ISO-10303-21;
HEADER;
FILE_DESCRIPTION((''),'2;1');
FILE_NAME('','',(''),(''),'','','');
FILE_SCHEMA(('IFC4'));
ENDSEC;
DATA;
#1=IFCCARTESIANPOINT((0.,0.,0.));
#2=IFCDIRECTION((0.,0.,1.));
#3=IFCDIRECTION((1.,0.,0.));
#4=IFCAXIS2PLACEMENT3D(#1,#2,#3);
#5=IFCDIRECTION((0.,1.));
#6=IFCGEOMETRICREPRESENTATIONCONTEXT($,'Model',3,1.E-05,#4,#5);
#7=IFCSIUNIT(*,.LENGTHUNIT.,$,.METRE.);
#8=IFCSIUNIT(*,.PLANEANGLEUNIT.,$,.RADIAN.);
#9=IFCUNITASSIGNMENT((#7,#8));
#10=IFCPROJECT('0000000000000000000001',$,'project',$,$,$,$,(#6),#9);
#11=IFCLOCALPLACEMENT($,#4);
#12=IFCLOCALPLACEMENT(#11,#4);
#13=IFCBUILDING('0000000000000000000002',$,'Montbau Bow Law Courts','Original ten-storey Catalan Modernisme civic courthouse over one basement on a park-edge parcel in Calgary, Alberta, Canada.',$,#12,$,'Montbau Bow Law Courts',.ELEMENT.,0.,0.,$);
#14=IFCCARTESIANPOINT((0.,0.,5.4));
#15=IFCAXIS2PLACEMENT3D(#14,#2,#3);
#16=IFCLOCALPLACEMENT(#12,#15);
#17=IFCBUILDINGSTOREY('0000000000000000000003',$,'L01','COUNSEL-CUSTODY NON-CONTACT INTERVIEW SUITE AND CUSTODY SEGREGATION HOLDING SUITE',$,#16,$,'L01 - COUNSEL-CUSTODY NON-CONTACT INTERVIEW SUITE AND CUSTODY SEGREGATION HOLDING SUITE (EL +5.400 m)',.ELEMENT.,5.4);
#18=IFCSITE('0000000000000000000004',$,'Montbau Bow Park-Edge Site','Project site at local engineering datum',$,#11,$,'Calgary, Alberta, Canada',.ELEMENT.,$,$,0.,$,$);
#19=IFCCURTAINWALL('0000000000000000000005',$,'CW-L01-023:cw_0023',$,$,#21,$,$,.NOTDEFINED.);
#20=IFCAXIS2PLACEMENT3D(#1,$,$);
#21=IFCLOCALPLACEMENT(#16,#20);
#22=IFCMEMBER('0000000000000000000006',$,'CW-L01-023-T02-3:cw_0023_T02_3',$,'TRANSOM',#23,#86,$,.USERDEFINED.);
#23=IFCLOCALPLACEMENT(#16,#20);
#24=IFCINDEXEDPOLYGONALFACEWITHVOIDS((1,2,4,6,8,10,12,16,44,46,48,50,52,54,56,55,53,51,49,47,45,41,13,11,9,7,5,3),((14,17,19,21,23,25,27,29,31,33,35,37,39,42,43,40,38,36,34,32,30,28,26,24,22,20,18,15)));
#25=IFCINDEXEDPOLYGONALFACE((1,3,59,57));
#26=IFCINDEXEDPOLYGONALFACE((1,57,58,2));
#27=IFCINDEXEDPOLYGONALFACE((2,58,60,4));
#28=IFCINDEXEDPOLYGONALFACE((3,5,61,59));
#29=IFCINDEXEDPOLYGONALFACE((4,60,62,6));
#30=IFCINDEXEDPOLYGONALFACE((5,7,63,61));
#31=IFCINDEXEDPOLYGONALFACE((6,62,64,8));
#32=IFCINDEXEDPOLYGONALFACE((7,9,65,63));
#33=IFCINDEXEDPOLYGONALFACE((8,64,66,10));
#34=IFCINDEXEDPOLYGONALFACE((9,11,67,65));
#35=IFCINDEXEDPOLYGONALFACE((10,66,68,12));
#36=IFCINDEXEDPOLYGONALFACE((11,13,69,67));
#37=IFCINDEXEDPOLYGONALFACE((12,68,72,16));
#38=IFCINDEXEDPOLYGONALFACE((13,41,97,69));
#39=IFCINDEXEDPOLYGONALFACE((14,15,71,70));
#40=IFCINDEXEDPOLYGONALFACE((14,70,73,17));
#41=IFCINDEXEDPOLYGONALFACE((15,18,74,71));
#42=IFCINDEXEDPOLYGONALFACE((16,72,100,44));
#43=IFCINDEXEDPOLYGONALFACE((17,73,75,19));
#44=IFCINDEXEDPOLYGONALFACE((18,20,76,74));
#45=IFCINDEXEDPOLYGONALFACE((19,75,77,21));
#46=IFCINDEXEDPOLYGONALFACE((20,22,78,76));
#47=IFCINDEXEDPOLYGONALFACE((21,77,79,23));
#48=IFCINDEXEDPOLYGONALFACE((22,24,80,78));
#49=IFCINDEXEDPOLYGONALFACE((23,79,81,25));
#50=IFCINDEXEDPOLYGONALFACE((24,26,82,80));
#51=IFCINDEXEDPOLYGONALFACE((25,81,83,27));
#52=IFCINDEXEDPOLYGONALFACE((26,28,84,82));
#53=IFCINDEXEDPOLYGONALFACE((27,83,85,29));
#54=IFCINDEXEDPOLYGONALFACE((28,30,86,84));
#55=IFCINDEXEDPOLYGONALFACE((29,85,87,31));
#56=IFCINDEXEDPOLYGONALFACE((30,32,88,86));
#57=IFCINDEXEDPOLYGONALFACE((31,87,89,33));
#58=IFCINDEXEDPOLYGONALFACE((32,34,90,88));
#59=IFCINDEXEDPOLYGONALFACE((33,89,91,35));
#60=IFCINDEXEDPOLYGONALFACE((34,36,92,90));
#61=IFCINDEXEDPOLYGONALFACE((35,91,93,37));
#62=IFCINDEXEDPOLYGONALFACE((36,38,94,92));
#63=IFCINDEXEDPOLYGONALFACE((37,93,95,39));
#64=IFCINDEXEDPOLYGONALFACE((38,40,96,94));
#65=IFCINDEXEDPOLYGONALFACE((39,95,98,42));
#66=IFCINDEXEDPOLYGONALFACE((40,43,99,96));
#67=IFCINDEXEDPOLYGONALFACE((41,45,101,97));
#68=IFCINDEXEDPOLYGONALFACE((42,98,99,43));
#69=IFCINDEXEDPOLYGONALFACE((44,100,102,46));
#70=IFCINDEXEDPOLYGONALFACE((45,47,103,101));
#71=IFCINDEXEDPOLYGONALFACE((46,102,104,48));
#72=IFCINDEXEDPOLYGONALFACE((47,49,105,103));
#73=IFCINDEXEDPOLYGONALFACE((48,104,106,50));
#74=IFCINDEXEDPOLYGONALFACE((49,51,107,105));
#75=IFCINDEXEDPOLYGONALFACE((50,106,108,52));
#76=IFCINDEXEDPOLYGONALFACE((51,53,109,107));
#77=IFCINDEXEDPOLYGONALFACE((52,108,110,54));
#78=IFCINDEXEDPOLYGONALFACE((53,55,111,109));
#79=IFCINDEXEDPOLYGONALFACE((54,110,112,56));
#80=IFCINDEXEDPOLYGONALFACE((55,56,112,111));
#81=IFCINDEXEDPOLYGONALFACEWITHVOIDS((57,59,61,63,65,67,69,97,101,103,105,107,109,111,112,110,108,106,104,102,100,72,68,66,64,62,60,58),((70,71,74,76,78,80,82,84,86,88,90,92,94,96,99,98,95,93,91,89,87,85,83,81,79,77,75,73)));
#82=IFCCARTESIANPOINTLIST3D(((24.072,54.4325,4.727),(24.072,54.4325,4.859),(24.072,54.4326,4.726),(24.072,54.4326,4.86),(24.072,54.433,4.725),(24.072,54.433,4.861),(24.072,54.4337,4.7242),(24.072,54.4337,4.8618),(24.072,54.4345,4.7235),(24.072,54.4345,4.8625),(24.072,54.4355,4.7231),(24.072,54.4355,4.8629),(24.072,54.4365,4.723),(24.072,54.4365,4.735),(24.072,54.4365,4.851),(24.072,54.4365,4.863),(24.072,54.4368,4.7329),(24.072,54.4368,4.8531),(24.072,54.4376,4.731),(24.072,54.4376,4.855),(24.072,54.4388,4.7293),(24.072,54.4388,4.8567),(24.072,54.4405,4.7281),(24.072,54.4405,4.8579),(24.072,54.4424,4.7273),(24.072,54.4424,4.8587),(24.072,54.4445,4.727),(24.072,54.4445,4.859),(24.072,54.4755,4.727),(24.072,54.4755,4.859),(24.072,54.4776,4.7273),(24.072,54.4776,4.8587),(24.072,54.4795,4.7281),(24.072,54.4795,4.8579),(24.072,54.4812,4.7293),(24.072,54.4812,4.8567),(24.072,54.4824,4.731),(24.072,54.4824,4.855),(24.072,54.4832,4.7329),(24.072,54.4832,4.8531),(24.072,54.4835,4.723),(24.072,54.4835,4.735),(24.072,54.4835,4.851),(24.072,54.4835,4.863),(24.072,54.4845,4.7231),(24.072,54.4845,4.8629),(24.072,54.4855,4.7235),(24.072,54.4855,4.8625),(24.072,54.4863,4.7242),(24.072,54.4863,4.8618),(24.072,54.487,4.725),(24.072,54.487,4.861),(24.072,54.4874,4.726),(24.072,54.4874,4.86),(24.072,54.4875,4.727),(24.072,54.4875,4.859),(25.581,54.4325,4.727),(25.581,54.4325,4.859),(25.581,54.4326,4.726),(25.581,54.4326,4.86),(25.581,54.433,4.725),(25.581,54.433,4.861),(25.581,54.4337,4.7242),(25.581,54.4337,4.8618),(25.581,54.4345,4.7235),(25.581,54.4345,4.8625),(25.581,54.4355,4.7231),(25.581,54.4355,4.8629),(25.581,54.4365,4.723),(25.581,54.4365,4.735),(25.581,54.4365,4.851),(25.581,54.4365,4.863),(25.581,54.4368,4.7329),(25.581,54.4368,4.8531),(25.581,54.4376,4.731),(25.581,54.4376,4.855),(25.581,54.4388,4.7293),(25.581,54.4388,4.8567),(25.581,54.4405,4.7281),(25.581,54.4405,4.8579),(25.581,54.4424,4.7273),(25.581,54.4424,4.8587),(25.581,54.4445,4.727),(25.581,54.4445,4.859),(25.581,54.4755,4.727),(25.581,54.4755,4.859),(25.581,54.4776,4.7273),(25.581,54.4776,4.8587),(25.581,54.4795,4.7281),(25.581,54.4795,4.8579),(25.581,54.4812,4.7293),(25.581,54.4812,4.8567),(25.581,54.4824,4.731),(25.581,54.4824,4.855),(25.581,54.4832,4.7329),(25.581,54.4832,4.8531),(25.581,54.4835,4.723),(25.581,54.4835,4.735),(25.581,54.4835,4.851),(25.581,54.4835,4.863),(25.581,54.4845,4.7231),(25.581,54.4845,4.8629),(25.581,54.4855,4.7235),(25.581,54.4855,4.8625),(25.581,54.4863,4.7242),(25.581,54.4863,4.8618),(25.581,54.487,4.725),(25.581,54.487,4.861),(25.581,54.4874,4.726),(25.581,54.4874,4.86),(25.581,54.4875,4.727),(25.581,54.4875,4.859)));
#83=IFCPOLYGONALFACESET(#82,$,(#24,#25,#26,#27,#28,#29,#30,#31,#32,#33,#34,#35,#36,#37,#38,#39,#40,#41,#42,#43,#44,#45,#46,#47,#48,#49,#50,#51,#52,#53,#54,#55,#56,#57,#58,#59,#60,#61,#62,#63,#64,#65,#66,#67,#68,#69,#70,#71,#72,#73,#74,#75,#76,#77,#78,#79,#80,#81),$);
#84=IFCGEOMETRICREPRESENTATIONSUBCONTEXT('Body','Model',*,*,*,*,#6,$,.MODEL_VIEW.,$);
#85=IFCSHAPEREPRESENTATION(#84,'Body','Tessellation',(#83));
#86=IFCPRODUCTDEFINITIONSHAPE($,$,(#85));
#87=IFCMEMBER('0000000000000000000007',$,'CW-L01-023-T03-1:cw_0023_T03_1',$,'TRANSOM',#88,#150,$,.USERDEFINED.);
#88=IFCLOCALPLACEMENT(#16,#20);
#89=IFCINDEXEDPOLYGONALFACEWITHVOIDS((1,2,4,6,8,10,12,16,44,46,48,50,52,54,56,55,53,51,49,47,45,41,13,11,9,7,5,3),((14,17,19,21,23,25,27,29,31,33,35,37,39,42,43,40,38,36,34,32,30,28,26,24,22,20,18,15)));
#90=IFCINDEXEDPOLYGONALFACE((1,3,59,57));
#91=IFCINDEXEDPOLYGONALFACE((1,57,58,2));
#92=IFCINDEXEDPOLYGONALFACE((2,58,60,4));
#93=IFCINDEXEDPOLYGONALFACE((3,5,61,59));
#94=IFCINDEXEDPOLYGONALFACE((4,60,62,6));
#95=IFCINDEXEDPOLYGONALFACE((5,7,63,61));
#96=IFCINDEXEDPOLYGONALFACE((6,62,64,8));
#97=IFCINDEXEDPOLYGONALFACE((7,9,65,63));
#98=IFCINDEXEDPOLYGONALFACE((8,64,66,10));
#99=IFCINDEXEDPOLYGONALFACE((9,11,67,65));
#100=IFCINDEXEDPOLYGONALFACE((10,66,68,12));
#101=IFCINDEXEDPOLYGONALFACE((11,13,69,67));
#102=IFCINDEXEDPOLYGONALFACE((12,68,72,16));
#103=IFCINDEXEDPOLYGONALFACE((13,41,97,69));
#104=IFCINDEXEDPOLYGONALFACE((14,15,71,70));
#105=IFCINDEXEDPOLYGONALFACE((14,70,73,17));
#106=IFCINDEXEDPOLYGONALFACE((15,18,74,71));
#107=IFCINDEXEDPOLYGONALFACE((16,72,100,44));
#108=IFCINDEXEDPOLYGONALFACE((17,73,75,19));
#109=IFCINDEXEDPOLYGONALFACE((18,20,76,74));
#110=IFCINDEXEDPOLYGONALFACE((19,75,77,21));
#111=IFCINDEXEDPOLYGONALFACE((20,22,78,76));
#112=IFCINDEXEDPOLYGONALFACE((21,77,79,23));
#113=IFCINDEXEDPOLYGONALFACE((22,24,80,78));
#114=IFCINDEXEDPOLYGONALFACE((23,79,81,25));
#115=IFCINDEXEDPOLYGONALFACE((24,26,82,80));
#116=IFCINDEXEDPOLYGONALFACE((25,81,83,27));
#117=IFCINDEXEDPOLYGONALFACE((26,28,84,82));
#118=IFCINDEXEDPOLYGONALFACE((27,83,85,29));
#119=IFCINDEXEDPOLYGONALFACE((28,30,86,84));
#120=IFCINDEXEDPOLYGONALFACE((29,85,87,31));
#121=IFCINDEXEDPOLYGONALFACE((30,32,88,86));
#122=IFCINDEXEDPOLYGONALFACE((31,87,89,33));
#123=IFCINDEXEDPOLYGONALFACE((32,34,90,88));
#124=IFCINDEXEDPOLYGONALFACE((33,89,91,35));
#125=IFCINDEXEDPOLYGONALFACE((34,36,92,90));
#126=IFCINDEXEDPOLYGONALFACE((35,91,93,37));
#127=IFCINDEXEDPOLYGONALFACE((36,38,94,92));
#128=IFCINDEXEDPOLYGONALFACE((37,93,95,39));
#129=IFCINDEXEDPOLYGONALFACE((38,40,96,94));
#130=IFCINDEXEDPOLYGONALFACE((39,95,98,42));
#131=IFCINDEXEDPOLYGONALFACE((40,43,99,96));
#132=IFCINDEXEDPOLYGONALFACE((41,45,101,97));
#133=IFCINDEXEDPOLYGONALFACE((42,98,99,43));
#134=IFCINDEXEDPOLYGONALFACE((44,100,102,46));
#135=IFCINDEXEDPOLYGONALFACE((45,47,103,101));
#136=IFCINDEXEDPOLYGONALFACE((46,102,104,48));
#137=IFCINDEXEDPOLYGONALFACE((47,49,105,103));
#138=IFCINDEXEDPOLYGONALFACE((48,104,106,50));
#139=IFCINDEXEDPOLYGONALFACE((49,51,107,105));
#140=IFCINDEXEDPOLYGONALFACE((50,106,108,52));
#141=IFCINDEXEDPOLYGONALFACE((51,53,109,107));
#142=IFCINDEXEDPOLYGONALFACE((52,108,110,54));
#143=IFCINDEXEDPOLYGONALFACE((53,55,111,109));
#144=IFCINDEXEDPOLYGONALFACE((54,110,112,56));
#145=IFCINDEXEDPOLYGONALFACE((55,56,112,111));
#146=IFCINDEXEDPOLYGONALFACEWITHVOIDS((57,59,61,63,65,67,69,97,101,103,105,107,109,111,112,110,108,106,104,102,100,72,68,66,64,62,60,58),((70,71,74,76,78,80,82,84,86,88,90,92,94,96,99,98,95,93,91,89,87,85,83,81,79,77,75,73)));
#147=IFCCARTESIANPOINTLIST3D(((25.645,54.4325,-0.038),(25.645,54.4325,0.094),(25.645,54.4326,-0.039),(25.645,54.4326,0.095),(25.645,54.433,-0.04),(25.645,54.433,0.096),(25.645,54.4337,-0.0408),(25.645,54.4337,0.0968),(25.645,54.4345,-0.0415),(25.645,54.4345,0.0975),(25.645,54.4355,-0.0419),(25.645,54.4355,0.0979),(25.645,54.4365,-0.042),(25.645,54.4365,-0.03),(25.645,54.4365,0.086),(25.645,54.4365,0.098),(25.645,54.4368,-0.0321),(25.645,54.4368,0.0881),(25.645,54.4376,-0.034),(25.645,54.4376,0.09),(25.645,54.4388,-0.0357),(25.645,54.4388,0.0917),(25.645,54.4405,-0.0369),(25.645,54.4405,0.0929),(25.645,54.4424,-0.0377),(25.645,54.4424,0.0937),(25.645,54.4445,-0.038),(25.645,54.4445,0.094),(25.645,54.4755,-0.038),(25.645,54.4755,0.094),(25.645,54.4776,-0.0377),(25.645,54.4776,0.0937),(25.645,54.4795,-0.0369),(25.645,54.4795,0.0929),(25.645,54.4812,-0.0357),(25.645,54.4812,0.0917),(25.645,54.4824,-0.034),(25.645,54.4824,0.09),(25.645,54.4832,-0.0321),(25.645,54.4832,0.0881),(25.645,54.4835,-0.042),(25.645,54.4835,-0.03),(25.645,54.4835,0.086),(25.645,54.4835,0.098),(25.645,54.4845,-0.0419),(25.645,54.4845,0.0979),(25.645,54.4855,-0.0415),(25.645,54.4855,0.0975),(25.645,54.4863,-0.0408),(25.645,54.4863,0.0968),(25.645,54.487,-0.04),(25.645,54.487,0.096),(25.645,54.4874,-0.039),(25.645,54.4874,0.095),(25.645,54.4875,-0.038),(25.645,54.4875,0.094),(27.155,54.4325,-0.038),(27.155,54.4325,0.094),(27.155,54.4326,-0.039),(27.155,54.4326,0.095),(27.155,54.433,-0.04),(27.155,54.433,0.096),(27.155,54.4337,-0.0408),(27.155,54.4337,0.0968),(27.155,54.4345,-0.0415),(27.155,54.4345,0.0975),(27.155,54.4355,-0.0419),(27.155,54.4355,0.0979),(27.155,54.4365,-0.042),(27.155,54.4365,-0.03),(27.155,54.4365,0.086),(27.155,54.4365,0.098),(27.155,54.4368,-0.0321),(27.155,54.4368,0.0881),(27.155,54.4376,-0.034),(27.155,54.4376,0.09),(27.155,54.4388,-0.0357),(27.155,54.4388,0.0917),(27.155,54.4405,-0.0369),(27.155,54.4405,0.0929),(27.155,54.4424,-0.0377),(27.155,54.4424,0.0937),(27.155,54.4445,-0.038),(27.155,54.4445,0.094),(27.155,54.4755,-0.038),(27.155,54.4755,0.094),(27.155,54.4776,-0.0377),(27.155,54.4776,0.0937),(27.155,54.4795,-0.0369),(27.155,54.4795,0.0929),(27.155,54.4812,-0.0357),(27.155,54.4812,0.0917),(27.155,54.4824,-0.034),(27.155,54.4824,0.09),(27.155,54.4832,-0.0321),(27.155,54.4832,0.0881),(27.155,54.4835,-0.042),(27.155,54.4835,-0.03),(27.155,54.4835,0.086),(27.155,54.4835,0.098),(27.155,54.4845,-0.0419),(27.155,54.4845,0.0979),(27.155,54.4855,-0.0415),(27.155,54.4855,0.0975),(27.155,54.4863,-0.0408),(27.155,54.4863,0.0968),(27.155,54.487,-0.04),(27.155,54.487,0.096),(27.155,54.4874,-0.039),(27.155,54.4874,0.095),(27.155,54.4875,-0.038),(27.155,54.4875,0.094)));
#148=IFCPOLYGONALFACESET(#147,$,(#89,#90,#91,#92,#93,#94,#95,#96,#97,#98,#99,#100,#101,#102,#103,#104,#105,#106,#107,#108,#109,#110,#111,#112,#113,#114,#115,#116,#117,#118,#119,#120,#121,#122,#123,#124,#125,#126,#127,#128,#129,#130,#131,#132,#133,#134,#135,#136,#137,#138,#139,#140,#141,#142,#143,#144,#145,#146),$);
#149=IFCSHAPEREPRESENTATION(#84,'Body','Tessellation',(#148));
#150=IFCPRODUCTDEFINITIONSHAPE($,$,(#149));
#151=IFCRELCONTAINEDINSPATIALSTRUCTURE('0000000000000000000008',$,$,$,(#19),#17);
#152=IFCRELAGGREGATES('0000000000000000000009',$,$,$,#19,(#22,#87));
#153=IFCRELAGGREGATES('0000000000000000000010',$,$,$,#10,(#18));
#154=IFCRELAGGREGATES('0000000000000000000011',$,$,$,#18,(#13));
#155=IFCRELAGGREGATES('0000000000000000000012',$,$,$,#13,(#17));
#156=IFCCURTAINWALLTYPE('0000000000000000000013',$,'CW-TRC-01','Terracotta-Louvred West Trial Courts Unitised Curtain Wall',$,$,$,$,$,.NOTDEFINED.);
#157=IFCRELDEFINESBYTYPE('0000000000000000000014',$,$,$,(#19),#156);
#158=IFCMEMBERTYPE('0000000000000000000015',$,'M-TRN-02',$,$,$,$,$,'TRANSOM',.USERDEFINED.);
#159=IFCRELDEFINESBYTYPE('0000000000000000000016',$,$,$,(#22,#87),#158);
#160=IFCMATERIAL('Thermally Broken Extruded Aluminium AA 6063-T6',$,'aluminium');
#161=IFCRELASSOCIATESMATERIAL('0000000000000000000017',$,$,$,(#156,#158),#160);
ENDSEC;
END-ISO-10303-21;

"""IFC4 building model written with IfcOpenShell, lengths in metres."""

from ifc_helpers import new_model, si_unit, direction, frame, origin_with_axes, origin_2d_with_axis, place, context, subcontext, project, spatial, hollow_rectangle, extrude, material, material_profile, profile_set, type_object, element, aggregate, save


model = new_model("IFC4")

# Units and contexts
model_context = context("Model", 3, precision=1e-05, world=origin_with_axes(), true_north=direction((0.0, 1.0)))
body_context = subcontext(model_context, "Body", "Model", "MODEL_VIEW")
ifc_project = project(units=[si_unit("LENGTHUNIT", "METRE"), si_unit("PLANEANGLEUNIT", "RADIAN")], contexts=[model_context])

# Site, building, storey
site_placement = place(None, origin_with_axes())
site = spatial("IfcSite", under=ifc_project, at=site_placement, Name="Montbau Bow Park-Edge Site", Description="Project site at local engineering datum", LongName="Calgary, Alberta, Canada", CompositionType="ELEMENT", RefElevation=0.0)
building_placement = place(site_placement, origin_with_axes())
building = spatial("IfcBuilding", under=site, at=building_placement, Name="Montbau Bow Law Courts", Description="Original ten-storey Catalan Modernisme civic courthouse over one basement on a park-edge parcel in Calgary, Alberta, Canada.", LongName="Montbau Bow Law Courts", CompositionType="ELEMENT", ElevationOfRefHeight=0.0, ElevationOfTerrain=0.0)
storey_placement = place(building_placement, frame((0.0, 0.0, 5.4), z_axis=(0.0, 0.0, 1.0), x_axis=(1.0, 0.0, 0.0)))
storey = spatial("IfcBuildingStorey", under=building, at=storey_placement, Name="L01", Description="COUNSEL-CUSTODY NON-CONTACT INTERVIEW SUITE AND CUSTODY SEGREGATION HOLDING SUITE", LongName="L01 - COUNSEL-CUSTODY NON-CONTACT INTERVIEW SUITE AND CUSTODY SEGREGATION HOLDING SUITE (EL +5.400 m)", CompositionType="ELEMENT", Elevation=5.4)

# Curtain wall
ifc_material_1 = material(Name="Thermally Broken Extruded Aluminium AA 6063-T6", Category="aluminium")
curtain_wall_type = type_object("IfcCurtainWallType", Name="CW-TRC-01", Description="Terracotta-Louvred West Trial Courts Unitised Curtain Wall", PredefinedType="NOTDEFINED", material=ifc_material_1)
curtain_wall_1_placement = place(None, frame((22.467, 54.46, 5.4), z_axis=(0.0, 0.0, 1.0), x_axis=(1.0, 0.0, 0.0)))
curtain_wall_1 = element("IfcCurtainWall", 1, at=curtain_wall_1_placement, inside=storey, type_object=curtain_wall_type, Name="CW-L01-023:cw_0023", PredefinedType="NOTDEFINED")

# Members
ifc_material_profile_1 = material_profile(ifc_material_1, hollow_rectangle(XDim=0.055, YDim=0.14, WallThickness=0.004, InnerFilletRadius=0.008, OuterFilletRadius=0.004, at=origin_2d_with_axis()), Name="CWT-140X55", Category="Main", Priority=0)
ifc_profile_set_1 = profile_set([ifc_material_profile_1], Name="Thermally Broken Extruded Aluminium AA 6063-T6")
member_type_1 = type_object("IfcMemberType", Name="M-TRN-02", ElementType="TRANSOM", PredefinedType="USERDEFINED", material=ifc_profile_set_1)
member_1_placement = place(None, frame((24.072, 54.46, 10.193), z_axis=(1.0, 0.0, 0.0), x_axis=(0.0, 1.0, 0.0)))
member_1 = element("IfcMember", 2, at=member_1_placement, type_object=member_type_1, Name="CW-L01-023-T02-3:cw_0023_T02_3", ObjectType="TRANSOM", PredefinedType="USERDEFINED", context=body_context, shape_type="SweptSolid", body=[
    extrude(hollow_rectangle(XDim=0.055, YDim=0.14, WallThickness=0.004, InnerFilletRadius=0.008, OuterFilletRadius=0.004, at=origin_2d_with_axis()), origin_with_axes(), (0.0, 0.0, 1.0), 1.509),
])
member_2_placement = place(None, frame((25.645, 54.46, 5.428), z_axis=(1.0, 0.0, 0.0), x_axis=(0.0, 1.0, 0.0)))
member_2 = element("IfcMember", 3, at=member_2_placement, type_object=member_type_1, Name="CW-L01-023-T03-1:cw_0023_T03_1", ObjectType="TRANSOM", PredefinedType="USERDEFINED", context=body_context, shape_type="SweptSolid", body=[
    extrude(hollow_rectangle(XDim=0.055, YDim=0.14, WallThickness=0.004, InnerFilletRadius=0.008, OuterFilletRadius=0.004, at=origin_2d_with_axis()), origin_with_axes(), (0.0, 0.0, 1.0), 1.51),
])

aggregate(curtain_wall_1, [member_1, member_2])

save(model, "model.ifc")
